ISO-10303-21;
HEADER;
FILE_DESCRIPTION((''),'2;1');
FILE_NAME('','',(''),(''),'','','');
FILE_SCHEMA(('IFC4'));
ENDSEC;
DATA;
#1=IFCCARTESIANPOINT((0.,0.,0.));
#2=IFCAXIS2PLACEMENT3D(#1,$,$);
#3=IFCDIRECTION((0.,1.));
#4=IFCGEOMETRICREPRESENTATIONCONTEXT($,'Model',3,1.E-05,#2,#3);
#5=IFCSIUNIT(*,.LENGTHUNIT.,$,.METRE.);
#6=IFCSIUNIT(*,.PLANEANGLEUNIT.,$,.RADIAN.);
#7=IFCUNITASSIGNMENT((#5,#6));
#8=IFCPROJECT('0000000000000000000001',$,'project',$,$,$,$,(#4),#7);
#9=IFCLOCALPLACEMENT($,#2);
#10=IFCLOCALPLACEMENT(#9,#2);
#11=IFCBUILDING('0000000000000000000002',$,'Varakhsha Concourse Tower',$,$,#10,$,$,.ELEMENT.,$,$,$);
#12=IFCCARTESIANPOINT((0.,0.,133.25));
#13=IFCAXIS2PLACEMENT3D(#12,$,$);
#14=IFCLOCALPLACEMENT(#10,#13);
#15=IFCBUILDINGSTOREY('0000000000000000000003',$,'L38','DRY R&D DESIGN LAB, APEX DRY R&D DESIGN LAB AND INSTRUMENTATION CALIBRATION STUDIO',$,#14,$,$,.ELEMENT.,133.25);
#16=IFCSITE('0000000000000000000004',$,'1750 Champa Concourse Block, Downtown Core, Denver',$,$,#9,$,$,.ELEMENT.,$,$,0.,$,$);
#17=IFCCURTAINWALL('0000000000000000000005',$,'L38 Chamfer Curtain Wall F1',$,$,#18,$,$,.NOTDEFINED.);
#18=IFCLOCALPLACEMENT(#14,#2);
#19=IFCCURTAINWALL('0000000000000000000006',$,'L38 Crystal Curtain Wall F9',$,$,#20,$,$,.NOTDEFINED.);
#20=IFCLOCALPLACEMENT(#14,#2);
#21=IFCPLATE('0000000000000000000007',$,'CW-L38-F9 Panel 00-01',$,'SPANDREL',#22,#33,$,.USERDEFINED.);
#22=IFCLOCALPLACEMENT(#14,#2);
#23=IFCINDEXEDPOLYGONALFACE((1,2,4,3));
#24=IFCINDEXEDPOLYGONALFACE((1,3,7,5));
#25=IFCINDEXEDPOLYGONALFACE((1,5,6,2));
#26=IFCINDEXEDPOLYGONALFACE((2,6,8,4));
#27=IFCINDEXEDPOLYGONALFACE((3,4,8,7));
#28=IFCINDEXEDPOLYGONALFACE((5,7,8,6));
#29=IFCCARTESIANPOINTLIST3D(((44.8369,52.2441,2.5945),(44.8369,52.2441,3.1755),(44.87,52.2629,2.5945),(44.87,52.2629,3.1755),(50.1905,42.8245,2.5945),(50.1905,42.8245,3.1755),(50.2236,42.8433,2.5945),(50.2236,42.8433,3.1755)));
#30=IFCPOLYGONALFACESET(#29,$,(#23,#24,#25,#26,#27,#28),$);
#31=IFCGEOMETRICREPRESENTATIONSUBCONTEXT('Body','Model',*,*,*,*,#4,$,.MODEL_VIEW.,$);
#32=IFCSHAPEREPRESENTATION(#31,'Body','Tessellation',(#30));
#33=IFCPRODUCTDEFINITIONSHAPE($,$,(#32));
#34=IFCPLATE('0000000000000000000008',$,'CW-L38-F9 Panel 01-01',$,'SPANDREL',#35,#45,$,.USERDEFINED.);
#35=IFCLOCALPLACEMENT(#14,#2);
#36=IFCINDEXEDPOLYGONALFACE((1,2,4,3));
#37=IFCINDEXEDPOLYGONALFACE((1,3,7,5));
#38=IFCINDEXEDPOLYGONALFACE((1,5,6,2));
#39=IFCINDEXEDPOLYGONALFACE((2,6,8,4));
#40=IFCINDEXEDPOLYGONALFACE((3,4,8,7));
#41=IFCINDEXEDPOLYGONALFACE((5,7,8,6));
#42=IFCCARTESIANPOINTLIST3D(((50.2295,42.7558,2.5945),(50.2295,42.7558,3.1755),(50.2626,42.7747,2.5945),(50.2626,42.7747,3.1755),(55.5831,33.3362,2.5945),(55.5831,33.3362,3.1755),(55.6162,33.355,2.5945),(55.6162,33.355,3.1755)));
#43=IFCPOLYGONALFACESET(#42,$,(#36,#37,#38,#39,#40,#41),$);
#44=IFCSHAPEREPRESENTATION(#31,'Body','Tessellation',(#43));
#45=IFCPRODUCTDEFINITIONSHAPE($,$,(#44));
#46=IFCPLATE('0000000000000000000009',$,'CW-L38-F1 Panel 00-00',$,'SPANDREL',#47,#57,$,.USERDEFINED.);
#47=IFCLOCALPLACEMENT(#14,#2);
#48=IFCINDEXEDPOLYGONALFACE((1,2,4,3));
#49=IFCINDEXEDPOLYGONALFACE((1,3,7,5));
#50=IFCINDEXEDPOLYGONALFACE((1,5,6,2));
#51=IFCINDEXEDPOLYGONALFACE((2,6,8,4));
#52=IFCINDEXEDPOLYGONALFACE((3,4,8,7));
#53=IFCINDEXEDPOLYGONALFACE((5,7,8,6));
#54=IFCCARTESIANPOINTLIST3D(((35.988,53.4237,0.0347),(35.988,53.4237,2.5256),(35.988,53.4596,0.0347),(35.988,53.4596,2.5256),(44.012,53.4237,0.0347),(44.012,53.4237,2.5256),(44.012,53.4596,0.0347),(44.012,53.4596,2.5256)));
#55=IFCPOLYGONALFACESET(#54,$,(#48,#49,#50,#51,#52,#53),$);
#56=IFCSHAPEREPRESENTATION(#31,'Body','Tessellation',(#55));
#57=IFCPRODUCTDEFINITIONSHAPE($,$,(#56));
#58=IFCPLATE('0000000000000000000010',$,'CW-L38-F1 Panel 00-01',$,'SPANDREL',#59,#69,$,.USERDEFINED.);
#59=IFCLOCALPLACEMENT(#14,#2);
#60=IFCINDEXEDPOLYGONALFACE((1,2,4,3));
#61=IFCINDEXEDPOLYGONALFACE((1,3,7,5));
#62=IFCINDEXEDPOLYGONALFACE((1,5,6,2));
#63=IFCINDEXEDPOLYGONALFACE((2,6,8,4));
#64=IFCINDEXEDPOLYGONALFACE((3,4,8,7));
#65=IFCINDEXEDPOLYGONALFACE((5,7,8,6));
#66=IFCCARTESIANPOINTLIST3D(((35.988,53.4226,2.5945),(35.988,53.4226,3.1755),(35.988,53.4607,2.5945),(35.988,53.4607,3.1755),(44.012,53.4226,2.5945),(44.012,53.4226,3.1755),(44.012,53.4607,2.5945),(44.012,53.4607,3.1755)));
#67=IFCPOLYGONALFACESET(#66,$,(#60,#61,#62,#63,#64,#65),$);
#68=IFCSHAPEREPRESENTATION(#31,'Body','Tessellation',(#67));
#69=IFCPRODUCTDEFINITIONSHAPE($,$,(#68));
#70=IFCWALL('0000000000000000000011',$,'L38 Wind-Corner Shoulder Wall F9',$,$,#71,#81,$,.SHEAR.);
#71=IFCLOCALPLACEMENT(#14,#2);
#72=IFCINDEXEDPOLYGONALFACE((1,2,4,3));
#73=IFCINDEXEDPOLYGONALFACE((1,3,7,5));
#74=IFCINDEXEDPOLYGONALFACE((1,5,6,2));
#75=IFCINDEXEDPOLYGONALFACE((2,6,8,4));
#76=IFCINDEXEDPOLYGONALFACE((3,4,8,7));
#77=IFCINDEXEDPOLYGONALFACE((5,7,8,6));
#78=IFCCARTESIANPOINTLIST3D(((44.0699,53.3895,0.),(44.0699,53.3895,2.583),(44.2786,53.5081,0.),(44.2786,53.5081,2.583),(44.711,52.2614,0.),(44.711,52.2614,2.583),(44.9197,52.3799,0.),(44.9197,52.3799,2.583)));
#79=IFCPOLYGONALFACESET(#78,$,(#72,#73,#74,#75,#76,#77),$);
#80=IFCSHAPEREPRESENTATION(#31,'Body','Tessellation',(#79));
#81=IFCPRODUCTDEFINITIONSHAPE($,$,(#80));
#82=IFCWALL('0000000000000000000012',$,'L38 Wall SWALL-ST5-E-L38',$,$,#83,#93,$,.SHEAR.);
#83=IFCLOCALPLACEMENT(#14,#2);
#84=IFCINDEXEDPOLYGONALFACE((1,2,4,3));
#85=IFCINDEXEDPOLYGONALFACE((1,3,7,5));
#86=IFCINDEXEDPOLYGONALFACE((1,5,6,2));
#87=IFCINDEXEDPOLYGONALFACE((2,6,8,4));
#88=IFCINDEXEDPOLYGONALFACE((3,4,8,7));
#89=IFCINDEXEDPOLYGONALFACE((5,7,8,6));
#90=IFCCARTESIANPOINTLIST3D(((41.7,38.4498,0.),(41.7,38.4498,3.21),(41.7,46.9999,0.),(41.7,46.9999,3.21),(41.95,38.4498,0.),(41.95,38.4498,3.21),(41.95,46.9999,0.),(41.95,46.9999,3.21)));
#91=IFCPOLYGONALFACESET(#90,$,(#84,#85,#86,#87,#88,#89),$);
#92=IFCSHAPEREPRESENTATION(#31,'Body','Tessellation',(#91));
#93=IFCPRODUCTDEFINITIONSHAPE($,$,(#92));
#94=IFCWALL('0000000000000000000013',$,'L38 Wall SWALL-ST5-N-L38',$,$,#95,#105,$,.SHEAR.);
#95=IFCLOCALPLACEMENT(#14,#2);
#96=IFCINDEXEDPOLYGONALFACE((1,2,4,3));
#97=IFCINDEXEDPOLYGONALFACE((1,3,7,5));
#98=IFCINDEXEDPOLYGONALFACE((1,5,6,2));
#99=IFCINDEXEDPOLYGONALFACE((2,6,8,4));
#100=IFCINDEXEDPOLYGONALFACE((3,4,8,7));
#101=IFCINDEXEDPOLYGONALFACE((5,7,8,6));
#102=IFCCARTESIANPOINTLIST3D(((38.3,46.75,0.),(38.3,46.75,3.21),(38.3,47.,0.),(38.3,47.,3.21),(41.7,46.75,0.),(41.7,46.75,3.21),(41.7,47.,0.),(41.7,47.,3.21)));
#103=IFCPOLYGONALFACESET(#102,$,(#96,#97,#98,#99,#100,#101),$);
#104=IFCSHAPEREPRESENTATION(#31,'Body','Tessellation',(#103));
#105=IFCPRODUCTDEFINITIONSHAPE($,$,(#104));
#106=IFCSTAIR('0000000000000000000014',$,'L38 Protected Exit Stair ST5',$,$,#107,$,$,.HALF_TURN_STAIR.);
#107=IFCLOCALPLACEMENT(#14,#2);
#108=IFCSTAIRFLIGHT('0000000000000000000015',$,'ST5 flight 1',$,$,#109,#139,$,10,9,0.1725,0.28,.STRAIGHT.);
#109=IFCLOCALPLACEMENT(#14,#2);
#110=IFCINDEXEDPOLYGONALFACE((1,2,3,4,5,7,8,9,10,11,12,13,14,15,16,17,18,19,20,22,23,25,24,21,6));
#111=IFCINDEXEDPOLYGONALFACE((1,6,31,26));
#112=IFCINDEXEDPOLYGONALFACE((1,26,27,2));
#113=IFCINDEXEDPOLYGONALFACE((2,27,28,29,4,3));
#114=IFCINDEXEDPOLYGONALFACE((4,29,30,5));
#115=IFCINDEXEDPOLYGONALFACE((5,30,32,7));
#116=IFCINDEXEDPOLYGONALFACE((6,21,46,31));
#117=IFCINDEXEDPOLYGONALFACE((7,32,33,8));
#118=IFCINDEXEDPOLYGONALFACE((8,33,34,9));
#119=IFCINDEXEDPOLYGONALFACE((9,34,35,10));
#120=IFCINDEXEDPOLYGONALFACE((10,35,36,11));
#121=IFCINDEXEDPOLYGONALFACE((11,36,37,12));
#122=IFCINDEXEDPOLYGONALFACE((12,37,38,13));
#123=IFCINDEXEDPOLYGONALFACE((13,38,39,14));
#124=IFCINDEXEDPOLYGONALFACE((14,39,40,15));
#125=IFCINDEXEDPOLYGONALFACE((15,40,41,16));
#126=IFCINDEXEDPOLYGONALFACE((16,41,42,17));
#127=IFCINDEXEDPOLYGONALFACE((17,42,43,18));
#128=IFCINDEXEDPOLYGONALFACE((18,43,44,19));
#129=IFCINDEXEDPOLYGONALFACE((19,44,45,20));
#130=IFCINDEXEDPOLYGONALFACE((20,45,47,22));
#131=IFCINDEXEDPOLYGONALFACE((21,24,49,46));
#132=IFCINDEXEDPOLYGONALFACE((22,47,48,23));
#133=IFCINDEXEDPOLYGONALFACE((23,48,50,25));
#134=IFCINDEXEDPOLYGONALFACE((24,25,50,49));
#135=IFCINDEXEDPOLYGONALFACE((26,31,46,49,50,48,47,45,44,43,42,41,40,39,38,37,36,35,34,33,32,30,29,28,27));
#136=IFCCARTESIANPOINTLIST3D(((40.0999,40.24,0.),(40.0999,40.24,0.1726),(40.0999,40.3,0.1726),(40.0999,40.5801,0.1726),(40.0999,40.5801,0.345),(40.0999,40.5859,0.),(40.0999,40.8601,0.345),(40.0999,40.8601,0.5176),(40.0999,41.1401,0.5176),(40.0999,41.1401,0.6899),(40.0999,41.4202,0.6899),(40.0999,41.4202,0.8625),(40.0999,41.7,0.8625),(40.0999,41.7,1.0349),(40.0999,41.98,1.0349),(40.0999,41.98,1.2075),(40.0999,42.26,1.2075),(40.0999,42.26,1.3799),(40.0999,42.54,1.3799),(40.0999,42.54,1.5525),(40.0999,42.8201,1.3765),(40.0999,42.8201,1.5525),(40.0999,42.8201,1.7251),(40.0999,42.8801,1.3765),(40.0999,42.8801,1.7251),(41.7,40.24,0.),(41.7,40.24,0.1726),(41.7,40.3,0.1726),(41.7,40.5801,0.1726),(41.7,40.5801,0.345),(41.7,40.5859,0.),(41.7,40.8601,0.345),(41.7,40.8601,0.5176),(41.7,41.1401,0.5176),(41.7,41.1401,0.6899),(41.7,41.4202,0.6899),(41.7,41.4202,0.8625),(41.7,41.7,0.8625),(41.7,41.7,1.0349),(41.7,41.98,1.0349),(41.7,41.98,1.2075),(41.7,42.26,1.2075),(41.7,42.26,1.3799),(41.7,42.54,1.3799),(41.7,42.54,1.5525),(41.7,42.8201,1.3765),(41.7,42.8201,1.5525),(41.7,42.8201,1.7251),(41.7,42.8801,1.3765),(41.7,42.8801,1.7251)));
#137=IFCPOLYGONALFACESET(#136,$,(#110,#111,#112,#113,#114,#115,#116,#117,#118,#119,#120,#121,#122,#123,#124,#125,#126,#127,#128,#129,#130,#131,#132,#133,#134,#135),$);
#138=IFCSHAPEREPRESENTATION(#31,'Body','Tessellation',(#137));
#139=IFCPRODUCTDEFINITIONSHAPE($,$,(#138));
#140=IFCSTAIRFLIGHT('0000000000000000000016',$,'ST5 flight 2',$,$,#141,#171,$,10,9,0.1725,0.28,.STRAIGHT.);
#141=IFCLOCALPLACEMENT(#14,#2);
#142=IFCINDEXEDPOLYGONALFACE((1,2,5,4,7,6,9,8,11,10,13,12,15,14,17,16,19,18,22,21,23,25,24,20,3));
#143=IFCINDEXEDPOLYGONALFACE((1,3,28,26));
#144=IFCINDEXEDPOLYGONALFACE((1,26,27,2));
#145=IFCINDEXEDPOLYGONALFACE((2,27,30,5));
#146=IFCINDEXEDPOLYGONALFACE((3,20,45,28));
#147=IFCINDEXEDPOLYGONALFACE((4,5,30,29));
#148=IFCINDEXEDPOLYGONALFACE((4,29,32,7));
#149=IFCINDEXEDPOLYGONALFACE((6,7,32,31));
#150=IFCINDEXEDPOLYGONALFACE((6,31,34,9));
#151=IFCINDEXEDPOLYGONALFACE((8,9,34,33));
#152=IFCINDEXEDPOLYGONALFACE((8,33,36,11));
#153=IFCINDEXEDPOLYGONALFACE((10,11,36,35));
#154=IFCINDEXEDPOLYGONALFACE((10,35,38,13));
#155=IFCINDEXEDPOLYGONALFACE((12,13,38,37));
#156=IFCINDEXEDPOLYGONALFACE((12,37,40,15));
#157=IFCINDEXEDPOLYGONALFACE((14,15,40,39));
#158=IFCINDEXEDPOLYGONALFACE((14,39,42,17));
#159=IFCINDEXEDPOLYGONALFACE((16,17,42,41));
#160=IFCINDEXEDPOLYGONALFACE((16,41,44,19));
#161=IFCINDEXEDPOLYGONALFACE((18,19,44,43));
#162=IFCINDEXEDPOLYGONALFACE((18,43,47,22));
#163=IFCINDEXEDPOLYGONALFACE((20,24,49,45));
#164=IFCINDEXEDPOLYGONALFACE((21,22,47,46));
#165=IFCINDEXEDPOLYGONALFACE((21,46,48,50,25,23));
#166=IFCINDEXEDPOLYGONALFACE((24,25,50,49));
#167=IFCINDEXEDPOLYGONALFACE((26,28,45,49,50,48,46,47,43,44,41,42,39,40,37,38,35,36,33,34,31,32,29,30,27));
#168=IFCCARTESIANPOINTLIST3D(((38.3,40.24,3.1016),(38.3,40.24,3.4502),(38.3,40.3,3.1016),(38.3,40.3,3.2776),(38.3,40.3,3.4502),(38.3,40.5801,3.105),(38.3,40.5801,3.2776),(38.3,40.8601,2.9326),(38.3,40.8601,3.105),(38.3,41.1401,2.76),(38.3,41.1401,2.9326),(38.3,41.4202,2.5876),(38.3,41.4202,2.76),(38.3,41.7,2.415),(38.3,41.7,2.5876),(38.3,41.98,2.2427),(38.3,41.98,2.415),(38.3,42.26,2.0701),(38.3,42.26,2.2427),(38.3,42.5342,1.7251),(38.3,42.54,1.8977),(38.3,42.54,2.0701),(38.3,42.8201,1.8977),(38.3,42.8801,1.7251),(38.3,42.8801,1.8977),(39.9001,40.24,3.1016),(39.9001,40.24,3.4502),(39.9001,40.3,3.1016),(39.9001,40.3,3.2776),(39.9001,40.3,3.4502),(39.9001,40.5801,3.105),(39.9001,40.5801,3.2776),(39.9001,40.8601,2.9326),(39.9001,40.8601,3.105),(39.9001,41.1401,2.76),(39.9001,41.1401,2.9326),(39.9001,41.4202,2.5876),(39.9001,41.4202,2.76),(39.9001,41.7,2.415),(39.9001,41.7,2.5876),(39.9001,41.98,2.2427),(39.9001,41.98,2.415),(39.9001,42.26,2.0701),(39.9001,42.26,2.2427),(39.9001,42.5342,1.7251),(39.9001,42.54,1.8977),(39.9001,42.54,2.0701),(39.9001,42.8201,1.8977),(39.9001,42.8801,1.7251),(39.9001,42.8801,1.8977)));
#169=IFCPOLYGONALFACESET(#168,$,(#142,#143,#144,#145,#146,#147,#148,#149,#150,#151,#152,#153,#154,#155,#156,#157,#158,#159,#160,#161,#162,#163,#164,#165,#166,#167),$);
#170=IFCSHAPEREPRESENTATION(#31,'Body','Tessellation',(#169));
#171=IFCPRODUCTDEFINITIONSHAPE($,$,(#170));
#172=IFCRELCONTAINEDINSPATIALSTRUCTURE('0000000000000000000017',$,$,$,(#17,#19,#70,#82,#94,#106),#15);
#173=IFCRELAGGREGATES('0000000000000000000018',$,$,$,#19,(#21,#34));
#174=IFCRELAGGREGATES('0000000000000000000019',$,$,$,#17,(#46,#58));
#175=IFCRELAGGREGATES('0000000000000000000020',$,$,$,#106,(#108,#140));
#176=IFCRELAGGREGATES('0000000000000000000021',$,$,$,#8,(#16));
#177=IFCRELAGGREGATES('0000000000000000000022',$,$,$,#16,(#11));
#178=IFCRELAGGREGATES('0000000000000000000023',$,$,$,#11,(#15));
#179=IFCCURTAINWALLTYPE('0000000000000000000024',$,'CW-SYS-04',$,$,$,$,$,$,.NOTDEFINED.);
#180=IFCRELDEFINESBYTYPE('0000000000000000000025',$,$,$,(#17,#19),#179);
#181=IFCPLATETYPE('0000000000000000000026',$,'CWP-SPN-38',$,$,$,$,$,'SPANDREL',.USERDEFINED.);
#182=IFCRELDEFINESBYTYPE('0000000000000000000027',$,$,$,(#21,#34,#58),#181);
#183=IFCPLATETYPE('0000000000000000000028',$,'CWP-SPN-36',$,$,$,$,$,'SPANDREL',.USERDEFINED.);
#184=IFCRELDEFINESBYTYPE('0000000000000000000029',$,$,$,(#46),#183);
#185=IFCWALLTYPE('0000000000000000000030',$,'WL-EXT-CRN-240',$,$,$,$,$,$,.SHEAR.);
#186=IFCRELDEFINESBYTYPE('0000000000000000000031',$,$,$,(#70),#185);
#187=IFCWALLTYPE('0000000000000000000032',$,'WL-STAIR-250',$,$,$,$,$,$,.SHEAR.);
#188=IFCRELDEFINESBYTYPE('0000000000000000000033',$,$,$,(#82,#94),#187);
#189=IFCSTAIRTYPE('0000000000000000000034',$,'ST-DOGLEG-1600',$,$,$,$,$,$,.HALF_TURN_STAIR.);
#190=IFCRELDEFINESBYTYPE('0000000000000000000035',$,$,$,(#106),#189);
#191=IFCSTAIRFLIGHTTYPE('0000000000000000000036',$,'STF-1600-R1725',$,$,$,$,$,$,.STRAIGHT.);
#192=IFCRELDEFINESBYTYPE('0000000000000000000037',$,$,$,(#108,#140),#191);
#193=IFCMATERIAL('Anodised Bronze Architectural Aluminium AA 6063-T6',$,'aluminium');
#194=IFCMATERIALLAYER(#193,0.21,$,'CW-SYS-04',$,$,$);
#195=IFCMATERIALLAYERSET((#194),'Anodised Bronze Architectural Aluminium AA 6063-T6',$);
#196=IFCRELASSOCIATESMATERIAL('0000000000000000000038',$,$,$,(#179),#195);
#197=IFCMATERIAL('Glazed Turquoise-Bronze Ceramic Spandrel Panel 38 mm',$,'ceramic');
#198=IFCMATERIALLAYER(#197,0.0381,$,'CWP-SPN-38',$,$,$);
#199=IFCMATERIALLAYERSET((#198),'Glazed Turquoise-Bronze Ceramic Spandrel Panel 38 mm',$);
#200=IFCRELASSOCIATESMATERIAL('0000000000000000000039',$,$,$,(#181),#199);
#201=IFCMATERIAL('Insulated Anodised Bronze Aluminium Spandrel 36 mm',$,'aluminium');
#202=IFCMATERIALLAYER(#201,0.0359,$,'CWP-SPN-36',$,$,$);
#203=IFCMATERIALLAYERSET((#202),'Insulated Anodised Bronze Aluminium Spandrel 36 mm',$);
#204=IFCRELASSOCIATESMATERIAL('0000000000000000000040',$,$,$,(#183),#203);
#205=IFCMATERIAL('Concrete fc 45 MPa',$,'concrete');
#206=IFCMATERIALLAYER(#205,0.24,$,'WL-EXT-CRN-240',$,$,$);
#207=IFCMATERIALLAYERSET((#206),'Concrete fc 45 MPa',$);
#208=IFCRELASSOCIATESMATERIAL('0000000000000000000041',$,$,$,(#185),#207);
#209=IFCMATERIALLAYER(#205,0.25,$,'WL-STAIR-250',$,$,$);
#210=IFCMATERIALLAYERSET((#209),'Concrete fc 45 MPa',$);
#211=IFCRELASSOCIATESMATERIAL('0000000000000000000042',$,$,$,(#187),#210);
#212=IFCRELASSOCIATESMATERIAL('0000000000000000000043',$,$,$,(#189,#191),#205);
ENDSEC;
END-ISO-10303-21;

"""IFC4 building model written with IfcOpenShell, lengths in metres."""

from ifc_helpers import new_model, si_unit, direction, frame, frame_2d, origin, origin_2d, place, context, subcontext, project, spatial, polyline, rectangle, outline, extrude, source, transform, mapped, material, layer, layer_set, type_object, type_shapes, element, aggregate, save


model = new_model("IFC4")

# Units and contexts
model_context = context("Model", 3, precision=1e-05, world=origin(), true_north=direction((0.0, 1.0)))
body_context = subcontext(model_context, "Body", "Model", "MODEL_VIEW")
ifc_project = project(units=[si_unit("LENGTHUNIT", "METRE"), si_unit("PLANEANGLEUNIT", "RADIAN")], contexts=[model_context])

# Site, building, storey
site_placement = place(None, origin())
site = spatial("IfcSite", under=ifc_project, at=site_placement, Name="1750 Champa Concourse Block, Downtown Core, Denver", CompositionType="ELEMENT", RefElevation=0.0)
building_placement = place(site_placement, origin())
building = spatial("IfcBuilding", under=site, at=building_placement, Name="Varakhsha Concourse Tower", CompositionType="ELEMENT")
storey_placement = place(building_placement, frame((0.0, 0.0, 133.25)))
storey = spatial("IfcBuildingStorey", under=building, at=storey_placement, Name="L38", Description="DRY R&D DESIGN LAB, APEX DRY R&D DESIGN LAB AND INSTRUMENTATION CALIBRATION STUDIO", CompositionType="ELEMENT", Elevation=133.25)

# Curtain wall
ifc_material_1 = material(Name="Anodised Bronze Architectural Aluminium AA 6063-T6", Category="aluminium")
ifc_layer_1 = layer(ifc_material_1, 0.21, Name="CW-SYS-04")
ifc_layer_set_1 = layer_set([ifc_layer_1], Name="Anodised Bronze Architectural Aluminium AA 6063-T6")
curtain_wall_type = type_object("IfcCurtainWallType", Name="CW-SYS-04", PredefinedType="NOTDEFINED", material=ifc_layer_set_1)
curtain_wall_1_placement = place(storey_placement, origin())
curtain_wall_1 = element("IfcCurtainWall", 1, at=curtain_wall_1_placement, inside=storey, type_object=curtain_wall_type, Name="L38 Chamfer Curtain Wall F1", PredefinedType="NOTDEFINED")

# Curtain wall
curtain_wall_2_placement = place(storey_placement, origin())
curtain_wall_2 = element("IfcCurtainWall", 2, at=curtain_wall_2_placement, inside=storey, type_object=curtain_wall_type, Name="L38 Crystal Curtain Wall F9", PredefinedType="NOTDEFINED")

# Plates
ifc_material_2 = material(Name="Glazed Turquoise-Bronze Ceramic Spandrel Panel 38 mm", Category="ceramic")
ifc_layer_2 = layer(ifc_material_2, 0.0381, Name="CWP-SPN-38")
ifc_layer_set_2 = layer_set([ifc_layer_2], Name="Glazed Turquoise-Bronze Ceramic Spandrel Panel 38 mm")
plate_type_1 = type_object("IfcPlateType", Name="CWP-SPN-38", ElementType="SPANDREL", PredefinedType="USERDEFINED", material=ifc_layer_set_2)
shared_shape_1 = source(origin(), body_context, "Body", "SweptSolid", [
    extrude(rectangle(XDim=10.8347, YDim=0.0381, at=origin_2d()), origin(), (0.0, 0.0, 1.0), 0.5811),
])
plate_1_placement = place(storey_placement, frame((47.5303, 47.5437, 2.5945), z_axis=(0.0, 0.0, 1.0), x_axis=(0.494115, -0.869397, 0.0)))
plate_1 = element("IfcPlate", 3, at=plate_1_placement, type_object=plate_type_1, Name="CW-L38-F9 Panel 00-01", ObjectType="SPANDREL", PredefinedType="USERDEFINED", context=body_context, shape_type="MappedRepresentation", body=[
    mapped(shared_shape_1, transform((0.0, 0.0, 0.0), scale=1.0)),
])
plate_2_placement = place(storey_placement, frame((52.9229, 38.0554, 2.5945), z_axis=(0.0, 0.0, 1.0), x_axis=(0.494115, -0.869397, 0.0)))
plate_2 = element("IfcPlate", 4, at=plate_2_placement, type_object=plate_type_1, Name="CW-L38-F9 Panel 01-01", ObjectType="SPANDREL", PredefinedType="USERDEFINED", context=body_context, shape_type="MappedRepresentation", body=[
    mapped(shared_shape_1, transform((0.0, 0.0, 0.0), scale=1.0)),
])
aggregate(curtain_wall_2, [plate_1, plate_2])
ifc_material_3 = material(Name="Insulated Anodised Bronze Aluminium Spandrel 36 mm", Category="aluminium")
ifc_layer_3 = layer(ifc_material_3, 0.0359, Name="CWP-SPN-36")
ifc_layer_set_3 = layer_set([ifc_layer_3], Name="Insulated Anodised Bronze Aluminium Spandrel 36 mm")
plate_type_2 = type_object("IfcPlateType", Name="CWP-SPN-36", ElementType="SPANDREL", PredefinedType="USERDEFINED", material=ifc_layer_set_3)
shared_shape_2 = source(origin(), body_context, "Body", "SweptSolid", [
    extrude(rectangle(XDim=8.0239, YDim=0.0359, at=origin_2d()), origin(), (0.0, 0.0, 1.0), 2.491),
])
type_shapes(plate_type_2, [shared_shape_2])
plate_3_placement = place(storey_placement, frame((40.0, 53.4417, 0.0347), z_axis=(0.0, 0.0, 1.0), x_axis=(1.0, 0.0, 0.0)))
plate_3 = element("IfcPlate", 5, at=plate_3_placement, type_object=plate_type_2, Name="CW-L38-F1 Panel 00-00", ObjectType="SPANDREL", PredefinedType="USERDEFINED", context=body_context, shape_type="MappedRepresentation", body=[
    mapped(shared_shape_2, transform((0.0, 0.0, 0.0), scale=1.0)),
])
shared_shape_3 = source(origin(), body_context, "Body", "SweptSolid", [
    extrude(rectangle(XDim=8.0239, YDim=0.0381, at=origin_2d()), origin(), (0.0, 0.0, 1.0), 0.5811),
])
type_shapes(plate_type_1, [shared_shape_1, shared_shape_3])
plate_4_placement = place(storey_placement, frame((40.0, 53.4417, 2.5945), z_axis=(0.0, 0.0, 1.0), x_axis=(1.0, 0.0, 0.0)))
plate_4 = element("IfcPlate", 6, at=plate_4_placement, type_object=plate_type_1, Name="CW-L38-F1 Panel 00-01", ObjectType="SPANDREL", PredefinedType="USERDEFINED", context=body_context, shape_type="MappedRepresentation", body=[
    mapped(shared_shape_3, transform((0.0, 0.0, 0.0), scale=1.0)),
])
aggregate(curtain_wall_1, [plate_3, plate_4])

# Walls
ifc_material_4 = material(Name="Concrete fc 45 MPa", Category="concrete")
ifc_layer_4 = layer(ifc_material_4, 0.24, Name="WL-EXT-CRN-240")
ifc_layer_set_4 = layer_set([ifc_layer_4], Name="Concrete fc 45 MPa")
wall_type_1 = type_object("IfcWallType", Name="WL-EXT-CRN-240", PredefinedType="SHEAR", material=ifc_layer_set_4)
wall_1_placement = place(storey_placement, frame((44.8154, 52.3206, 0.0), z_axis=(0.0, 0.0, 1.0), x_axis=(-0.494071, 0.869422, 0.0)))
element("IfcWall", 7, at=wall_1_placement, inside=storey, type_object=wall_type_1, Name="L38 Wind-Corner Shoulder Wall F9", PredefinedType="SHEAR", context=body_context, shape_type="SweptSolid", body=[
    extrude(rectangle(XDim=1.2976, YDim=0.24, at=frame_2d((0.6489, 0.0))), origin(), (0.0, 0.0, 1.0), 2.583),
])
ifc_layer_5 = layer(ifc_material_4, 0.25, Name="WL-STAIR-250")
ifc_layer_set_5 = layer_set([ifc_layer_5], Name="Concrete fc 45 MPa")
wall_type_2 = type_object("IfcWallType", Name="WL-STAIR-250", PredefinedType="SHEAR", material=ifc_layer_set_5)
wall_2_placement = place(storey_placement, frame((41.825, 38.45, 0.0), z_axis=(0.0, 0.0, 1.0), x_axis=(0.0, 1.0, 0.0)))
element("IfcWall", 8, at=wall_2_placement, inside=storey, type_object=wall_type_2, Name="L38 Wall SWALL-ST5-E-L38", PredefinedType="SHEAR", context=body_context, shape_type="SweptSolid", body=[
    extrude(rectangle(XDim=8.55, YDim=0.25, at=frame_2d((4.2749, 0.0))), origin(), (0.0, 0.0, 1.0), 3.21),
])
wall_3_placement = place(storey_placement, frame((38.3, 46.875, 0.0), z_axis=(0.0, 0.0, 1.0), x_axis=(1.0, 0.0, 0.0)))
element("IfcWall", 9, at=wall_3_placement, inside=storey, type_object=wall_type_2, Name="L38 Wall SWALL-ST5-N-L38", PredefinedType="SHEAR", context=body_context, shape_type="SweptSolid", body=[
    extrude(rectangle(XDim=3.3999, YDim=0.25, at=frame_2d((1.7, 0.0))), origin(), (0.0, 0.0, 1.0), 3.21),
])

# Stair, stair flights
stair_type = type_object("IfcStairType", Name="ST-DOGLEG-1600", PredefinedType="HALF_TURN_STAIR", material=ifc_material_4)
stair_placement = place(storey_placement, origin())
stair = element("IfcStair", 10, at=stair_placement, inside=storey, type_object=stair_type, Name="L38 Protected Exit Stair ST5", PredefinedType="HALF_TURN_STAIR")
stair_flight_type = type_object("IfcStairFlightType", Name="STF-1600-R1725", PredefinedType="STRAIGHT", material=ifc_material_4)
stair_flight_1_placement = place(storey_placement, frame((40.8999, 40.3, 0.0), z_axis=(0.0, 0.0, 1.0), x_axis=(0.0, 1.0, 0.0)))
stair_flight_1 = element("IfcStairFlight", 11, at=stair_flight_1_placement, type_object=stair_flight_type, Name="ST5 flight 1", NumberOfRisers=10, NumberOfTreads=9, PredefinedType="STRAIGHT", RiserHeight=0.1725, TreadLength=0.28, context=body_context, shape_type="SweptSolid", body=[
    extrude(outline(polyline([(-0.0601, 0.0), (-0.0601, 0.1726), (0.0, 0.1726), (0.28, 0.1726), (0.28, 0.345), (0.5601, 0.345), (0.5601, 0.5176), (0.8401, 0.5176), (0.8401, 0.6899), (1.1201, 0.6899), (1.1201, 0.8625), (1.3999, 0.8625), (1.3999, 1.0349), (1.6799, 1.0349), (1.6799, 1.2075), (1.96, 1.2075), (1.96, 1.3799), (2.24, 1.3799), (2.24, 1.5525), (2.52, 1.5525), (2.52, 1.7251), (2.5801, 1.7251), (2.5801, 1.3765), (2.52, 1.3765), (0.2859, 0.0), (-0.0601, 0.0)])), frame((0.0, 0.8, 0.0), z_axis=(0.0, -1.0, 0.0), x_axis=(1.0, 0.0, 0.0)), (0.0, 0.0, 1.0), 1.6001),
])
stair_flight_2_placement = place(storey_placement, frame((39.1001, 42.8201, 1.7251), z_axis=(0.0, 0.0, 1.0), x_axis=(0.0, -1.0, 0.0)))
stair_flight_2 = element("IfcStairFlight", 12, at=stair_flight_2_placement, type_object=stair_flight_type, Name="ST5 flight 2", NumberOfRisers=10, NumberOfTreads=9, PredefinedType="STRAIGHT", RiserHeight=0.1725, TreadLength=0.28, context=body_context, shape_type="SweptSolid", body=[
    extrude(outline(polyline([(-0.0601, 0.0), (-0.0601, 0.1726), (0.0, 0.1726), (0.28, 0.1726), (0.28, 0.345), (0.5601, 0.345), (0.5601, 0.5176), (0.8401, 0.5176), (0.8401, 0.6899), (1.1201, 0.6899), (1.1201, 0.8625), (1.3999, 0.8625), (1.3999, 1.0349), (1.6799, 1.0349), (1.6799, 1.2075), (1.96, 1.2075), (1.96, 1.3799), (2.24, 1.3799), (2.24, 1.5525), (2.52, 1.5525), (2.52, 1.7251), (2.5801, 1.7251), (2.5801, 1.3765), (2.52, 1.3765), (0.2859, 0.0), (-0.0601, 0.0)])), frame((0.0, 0.8, 0.0), z_axis=(0.0, -1.0, 0.0), x_axis=(1.0, 0.0, 0.0)), (0.0, 0.0, 1.0), 1.6001),
])
aggregate(stair, [stair_flight_1, stair_flight_2])

save(model, "model.ifc")
